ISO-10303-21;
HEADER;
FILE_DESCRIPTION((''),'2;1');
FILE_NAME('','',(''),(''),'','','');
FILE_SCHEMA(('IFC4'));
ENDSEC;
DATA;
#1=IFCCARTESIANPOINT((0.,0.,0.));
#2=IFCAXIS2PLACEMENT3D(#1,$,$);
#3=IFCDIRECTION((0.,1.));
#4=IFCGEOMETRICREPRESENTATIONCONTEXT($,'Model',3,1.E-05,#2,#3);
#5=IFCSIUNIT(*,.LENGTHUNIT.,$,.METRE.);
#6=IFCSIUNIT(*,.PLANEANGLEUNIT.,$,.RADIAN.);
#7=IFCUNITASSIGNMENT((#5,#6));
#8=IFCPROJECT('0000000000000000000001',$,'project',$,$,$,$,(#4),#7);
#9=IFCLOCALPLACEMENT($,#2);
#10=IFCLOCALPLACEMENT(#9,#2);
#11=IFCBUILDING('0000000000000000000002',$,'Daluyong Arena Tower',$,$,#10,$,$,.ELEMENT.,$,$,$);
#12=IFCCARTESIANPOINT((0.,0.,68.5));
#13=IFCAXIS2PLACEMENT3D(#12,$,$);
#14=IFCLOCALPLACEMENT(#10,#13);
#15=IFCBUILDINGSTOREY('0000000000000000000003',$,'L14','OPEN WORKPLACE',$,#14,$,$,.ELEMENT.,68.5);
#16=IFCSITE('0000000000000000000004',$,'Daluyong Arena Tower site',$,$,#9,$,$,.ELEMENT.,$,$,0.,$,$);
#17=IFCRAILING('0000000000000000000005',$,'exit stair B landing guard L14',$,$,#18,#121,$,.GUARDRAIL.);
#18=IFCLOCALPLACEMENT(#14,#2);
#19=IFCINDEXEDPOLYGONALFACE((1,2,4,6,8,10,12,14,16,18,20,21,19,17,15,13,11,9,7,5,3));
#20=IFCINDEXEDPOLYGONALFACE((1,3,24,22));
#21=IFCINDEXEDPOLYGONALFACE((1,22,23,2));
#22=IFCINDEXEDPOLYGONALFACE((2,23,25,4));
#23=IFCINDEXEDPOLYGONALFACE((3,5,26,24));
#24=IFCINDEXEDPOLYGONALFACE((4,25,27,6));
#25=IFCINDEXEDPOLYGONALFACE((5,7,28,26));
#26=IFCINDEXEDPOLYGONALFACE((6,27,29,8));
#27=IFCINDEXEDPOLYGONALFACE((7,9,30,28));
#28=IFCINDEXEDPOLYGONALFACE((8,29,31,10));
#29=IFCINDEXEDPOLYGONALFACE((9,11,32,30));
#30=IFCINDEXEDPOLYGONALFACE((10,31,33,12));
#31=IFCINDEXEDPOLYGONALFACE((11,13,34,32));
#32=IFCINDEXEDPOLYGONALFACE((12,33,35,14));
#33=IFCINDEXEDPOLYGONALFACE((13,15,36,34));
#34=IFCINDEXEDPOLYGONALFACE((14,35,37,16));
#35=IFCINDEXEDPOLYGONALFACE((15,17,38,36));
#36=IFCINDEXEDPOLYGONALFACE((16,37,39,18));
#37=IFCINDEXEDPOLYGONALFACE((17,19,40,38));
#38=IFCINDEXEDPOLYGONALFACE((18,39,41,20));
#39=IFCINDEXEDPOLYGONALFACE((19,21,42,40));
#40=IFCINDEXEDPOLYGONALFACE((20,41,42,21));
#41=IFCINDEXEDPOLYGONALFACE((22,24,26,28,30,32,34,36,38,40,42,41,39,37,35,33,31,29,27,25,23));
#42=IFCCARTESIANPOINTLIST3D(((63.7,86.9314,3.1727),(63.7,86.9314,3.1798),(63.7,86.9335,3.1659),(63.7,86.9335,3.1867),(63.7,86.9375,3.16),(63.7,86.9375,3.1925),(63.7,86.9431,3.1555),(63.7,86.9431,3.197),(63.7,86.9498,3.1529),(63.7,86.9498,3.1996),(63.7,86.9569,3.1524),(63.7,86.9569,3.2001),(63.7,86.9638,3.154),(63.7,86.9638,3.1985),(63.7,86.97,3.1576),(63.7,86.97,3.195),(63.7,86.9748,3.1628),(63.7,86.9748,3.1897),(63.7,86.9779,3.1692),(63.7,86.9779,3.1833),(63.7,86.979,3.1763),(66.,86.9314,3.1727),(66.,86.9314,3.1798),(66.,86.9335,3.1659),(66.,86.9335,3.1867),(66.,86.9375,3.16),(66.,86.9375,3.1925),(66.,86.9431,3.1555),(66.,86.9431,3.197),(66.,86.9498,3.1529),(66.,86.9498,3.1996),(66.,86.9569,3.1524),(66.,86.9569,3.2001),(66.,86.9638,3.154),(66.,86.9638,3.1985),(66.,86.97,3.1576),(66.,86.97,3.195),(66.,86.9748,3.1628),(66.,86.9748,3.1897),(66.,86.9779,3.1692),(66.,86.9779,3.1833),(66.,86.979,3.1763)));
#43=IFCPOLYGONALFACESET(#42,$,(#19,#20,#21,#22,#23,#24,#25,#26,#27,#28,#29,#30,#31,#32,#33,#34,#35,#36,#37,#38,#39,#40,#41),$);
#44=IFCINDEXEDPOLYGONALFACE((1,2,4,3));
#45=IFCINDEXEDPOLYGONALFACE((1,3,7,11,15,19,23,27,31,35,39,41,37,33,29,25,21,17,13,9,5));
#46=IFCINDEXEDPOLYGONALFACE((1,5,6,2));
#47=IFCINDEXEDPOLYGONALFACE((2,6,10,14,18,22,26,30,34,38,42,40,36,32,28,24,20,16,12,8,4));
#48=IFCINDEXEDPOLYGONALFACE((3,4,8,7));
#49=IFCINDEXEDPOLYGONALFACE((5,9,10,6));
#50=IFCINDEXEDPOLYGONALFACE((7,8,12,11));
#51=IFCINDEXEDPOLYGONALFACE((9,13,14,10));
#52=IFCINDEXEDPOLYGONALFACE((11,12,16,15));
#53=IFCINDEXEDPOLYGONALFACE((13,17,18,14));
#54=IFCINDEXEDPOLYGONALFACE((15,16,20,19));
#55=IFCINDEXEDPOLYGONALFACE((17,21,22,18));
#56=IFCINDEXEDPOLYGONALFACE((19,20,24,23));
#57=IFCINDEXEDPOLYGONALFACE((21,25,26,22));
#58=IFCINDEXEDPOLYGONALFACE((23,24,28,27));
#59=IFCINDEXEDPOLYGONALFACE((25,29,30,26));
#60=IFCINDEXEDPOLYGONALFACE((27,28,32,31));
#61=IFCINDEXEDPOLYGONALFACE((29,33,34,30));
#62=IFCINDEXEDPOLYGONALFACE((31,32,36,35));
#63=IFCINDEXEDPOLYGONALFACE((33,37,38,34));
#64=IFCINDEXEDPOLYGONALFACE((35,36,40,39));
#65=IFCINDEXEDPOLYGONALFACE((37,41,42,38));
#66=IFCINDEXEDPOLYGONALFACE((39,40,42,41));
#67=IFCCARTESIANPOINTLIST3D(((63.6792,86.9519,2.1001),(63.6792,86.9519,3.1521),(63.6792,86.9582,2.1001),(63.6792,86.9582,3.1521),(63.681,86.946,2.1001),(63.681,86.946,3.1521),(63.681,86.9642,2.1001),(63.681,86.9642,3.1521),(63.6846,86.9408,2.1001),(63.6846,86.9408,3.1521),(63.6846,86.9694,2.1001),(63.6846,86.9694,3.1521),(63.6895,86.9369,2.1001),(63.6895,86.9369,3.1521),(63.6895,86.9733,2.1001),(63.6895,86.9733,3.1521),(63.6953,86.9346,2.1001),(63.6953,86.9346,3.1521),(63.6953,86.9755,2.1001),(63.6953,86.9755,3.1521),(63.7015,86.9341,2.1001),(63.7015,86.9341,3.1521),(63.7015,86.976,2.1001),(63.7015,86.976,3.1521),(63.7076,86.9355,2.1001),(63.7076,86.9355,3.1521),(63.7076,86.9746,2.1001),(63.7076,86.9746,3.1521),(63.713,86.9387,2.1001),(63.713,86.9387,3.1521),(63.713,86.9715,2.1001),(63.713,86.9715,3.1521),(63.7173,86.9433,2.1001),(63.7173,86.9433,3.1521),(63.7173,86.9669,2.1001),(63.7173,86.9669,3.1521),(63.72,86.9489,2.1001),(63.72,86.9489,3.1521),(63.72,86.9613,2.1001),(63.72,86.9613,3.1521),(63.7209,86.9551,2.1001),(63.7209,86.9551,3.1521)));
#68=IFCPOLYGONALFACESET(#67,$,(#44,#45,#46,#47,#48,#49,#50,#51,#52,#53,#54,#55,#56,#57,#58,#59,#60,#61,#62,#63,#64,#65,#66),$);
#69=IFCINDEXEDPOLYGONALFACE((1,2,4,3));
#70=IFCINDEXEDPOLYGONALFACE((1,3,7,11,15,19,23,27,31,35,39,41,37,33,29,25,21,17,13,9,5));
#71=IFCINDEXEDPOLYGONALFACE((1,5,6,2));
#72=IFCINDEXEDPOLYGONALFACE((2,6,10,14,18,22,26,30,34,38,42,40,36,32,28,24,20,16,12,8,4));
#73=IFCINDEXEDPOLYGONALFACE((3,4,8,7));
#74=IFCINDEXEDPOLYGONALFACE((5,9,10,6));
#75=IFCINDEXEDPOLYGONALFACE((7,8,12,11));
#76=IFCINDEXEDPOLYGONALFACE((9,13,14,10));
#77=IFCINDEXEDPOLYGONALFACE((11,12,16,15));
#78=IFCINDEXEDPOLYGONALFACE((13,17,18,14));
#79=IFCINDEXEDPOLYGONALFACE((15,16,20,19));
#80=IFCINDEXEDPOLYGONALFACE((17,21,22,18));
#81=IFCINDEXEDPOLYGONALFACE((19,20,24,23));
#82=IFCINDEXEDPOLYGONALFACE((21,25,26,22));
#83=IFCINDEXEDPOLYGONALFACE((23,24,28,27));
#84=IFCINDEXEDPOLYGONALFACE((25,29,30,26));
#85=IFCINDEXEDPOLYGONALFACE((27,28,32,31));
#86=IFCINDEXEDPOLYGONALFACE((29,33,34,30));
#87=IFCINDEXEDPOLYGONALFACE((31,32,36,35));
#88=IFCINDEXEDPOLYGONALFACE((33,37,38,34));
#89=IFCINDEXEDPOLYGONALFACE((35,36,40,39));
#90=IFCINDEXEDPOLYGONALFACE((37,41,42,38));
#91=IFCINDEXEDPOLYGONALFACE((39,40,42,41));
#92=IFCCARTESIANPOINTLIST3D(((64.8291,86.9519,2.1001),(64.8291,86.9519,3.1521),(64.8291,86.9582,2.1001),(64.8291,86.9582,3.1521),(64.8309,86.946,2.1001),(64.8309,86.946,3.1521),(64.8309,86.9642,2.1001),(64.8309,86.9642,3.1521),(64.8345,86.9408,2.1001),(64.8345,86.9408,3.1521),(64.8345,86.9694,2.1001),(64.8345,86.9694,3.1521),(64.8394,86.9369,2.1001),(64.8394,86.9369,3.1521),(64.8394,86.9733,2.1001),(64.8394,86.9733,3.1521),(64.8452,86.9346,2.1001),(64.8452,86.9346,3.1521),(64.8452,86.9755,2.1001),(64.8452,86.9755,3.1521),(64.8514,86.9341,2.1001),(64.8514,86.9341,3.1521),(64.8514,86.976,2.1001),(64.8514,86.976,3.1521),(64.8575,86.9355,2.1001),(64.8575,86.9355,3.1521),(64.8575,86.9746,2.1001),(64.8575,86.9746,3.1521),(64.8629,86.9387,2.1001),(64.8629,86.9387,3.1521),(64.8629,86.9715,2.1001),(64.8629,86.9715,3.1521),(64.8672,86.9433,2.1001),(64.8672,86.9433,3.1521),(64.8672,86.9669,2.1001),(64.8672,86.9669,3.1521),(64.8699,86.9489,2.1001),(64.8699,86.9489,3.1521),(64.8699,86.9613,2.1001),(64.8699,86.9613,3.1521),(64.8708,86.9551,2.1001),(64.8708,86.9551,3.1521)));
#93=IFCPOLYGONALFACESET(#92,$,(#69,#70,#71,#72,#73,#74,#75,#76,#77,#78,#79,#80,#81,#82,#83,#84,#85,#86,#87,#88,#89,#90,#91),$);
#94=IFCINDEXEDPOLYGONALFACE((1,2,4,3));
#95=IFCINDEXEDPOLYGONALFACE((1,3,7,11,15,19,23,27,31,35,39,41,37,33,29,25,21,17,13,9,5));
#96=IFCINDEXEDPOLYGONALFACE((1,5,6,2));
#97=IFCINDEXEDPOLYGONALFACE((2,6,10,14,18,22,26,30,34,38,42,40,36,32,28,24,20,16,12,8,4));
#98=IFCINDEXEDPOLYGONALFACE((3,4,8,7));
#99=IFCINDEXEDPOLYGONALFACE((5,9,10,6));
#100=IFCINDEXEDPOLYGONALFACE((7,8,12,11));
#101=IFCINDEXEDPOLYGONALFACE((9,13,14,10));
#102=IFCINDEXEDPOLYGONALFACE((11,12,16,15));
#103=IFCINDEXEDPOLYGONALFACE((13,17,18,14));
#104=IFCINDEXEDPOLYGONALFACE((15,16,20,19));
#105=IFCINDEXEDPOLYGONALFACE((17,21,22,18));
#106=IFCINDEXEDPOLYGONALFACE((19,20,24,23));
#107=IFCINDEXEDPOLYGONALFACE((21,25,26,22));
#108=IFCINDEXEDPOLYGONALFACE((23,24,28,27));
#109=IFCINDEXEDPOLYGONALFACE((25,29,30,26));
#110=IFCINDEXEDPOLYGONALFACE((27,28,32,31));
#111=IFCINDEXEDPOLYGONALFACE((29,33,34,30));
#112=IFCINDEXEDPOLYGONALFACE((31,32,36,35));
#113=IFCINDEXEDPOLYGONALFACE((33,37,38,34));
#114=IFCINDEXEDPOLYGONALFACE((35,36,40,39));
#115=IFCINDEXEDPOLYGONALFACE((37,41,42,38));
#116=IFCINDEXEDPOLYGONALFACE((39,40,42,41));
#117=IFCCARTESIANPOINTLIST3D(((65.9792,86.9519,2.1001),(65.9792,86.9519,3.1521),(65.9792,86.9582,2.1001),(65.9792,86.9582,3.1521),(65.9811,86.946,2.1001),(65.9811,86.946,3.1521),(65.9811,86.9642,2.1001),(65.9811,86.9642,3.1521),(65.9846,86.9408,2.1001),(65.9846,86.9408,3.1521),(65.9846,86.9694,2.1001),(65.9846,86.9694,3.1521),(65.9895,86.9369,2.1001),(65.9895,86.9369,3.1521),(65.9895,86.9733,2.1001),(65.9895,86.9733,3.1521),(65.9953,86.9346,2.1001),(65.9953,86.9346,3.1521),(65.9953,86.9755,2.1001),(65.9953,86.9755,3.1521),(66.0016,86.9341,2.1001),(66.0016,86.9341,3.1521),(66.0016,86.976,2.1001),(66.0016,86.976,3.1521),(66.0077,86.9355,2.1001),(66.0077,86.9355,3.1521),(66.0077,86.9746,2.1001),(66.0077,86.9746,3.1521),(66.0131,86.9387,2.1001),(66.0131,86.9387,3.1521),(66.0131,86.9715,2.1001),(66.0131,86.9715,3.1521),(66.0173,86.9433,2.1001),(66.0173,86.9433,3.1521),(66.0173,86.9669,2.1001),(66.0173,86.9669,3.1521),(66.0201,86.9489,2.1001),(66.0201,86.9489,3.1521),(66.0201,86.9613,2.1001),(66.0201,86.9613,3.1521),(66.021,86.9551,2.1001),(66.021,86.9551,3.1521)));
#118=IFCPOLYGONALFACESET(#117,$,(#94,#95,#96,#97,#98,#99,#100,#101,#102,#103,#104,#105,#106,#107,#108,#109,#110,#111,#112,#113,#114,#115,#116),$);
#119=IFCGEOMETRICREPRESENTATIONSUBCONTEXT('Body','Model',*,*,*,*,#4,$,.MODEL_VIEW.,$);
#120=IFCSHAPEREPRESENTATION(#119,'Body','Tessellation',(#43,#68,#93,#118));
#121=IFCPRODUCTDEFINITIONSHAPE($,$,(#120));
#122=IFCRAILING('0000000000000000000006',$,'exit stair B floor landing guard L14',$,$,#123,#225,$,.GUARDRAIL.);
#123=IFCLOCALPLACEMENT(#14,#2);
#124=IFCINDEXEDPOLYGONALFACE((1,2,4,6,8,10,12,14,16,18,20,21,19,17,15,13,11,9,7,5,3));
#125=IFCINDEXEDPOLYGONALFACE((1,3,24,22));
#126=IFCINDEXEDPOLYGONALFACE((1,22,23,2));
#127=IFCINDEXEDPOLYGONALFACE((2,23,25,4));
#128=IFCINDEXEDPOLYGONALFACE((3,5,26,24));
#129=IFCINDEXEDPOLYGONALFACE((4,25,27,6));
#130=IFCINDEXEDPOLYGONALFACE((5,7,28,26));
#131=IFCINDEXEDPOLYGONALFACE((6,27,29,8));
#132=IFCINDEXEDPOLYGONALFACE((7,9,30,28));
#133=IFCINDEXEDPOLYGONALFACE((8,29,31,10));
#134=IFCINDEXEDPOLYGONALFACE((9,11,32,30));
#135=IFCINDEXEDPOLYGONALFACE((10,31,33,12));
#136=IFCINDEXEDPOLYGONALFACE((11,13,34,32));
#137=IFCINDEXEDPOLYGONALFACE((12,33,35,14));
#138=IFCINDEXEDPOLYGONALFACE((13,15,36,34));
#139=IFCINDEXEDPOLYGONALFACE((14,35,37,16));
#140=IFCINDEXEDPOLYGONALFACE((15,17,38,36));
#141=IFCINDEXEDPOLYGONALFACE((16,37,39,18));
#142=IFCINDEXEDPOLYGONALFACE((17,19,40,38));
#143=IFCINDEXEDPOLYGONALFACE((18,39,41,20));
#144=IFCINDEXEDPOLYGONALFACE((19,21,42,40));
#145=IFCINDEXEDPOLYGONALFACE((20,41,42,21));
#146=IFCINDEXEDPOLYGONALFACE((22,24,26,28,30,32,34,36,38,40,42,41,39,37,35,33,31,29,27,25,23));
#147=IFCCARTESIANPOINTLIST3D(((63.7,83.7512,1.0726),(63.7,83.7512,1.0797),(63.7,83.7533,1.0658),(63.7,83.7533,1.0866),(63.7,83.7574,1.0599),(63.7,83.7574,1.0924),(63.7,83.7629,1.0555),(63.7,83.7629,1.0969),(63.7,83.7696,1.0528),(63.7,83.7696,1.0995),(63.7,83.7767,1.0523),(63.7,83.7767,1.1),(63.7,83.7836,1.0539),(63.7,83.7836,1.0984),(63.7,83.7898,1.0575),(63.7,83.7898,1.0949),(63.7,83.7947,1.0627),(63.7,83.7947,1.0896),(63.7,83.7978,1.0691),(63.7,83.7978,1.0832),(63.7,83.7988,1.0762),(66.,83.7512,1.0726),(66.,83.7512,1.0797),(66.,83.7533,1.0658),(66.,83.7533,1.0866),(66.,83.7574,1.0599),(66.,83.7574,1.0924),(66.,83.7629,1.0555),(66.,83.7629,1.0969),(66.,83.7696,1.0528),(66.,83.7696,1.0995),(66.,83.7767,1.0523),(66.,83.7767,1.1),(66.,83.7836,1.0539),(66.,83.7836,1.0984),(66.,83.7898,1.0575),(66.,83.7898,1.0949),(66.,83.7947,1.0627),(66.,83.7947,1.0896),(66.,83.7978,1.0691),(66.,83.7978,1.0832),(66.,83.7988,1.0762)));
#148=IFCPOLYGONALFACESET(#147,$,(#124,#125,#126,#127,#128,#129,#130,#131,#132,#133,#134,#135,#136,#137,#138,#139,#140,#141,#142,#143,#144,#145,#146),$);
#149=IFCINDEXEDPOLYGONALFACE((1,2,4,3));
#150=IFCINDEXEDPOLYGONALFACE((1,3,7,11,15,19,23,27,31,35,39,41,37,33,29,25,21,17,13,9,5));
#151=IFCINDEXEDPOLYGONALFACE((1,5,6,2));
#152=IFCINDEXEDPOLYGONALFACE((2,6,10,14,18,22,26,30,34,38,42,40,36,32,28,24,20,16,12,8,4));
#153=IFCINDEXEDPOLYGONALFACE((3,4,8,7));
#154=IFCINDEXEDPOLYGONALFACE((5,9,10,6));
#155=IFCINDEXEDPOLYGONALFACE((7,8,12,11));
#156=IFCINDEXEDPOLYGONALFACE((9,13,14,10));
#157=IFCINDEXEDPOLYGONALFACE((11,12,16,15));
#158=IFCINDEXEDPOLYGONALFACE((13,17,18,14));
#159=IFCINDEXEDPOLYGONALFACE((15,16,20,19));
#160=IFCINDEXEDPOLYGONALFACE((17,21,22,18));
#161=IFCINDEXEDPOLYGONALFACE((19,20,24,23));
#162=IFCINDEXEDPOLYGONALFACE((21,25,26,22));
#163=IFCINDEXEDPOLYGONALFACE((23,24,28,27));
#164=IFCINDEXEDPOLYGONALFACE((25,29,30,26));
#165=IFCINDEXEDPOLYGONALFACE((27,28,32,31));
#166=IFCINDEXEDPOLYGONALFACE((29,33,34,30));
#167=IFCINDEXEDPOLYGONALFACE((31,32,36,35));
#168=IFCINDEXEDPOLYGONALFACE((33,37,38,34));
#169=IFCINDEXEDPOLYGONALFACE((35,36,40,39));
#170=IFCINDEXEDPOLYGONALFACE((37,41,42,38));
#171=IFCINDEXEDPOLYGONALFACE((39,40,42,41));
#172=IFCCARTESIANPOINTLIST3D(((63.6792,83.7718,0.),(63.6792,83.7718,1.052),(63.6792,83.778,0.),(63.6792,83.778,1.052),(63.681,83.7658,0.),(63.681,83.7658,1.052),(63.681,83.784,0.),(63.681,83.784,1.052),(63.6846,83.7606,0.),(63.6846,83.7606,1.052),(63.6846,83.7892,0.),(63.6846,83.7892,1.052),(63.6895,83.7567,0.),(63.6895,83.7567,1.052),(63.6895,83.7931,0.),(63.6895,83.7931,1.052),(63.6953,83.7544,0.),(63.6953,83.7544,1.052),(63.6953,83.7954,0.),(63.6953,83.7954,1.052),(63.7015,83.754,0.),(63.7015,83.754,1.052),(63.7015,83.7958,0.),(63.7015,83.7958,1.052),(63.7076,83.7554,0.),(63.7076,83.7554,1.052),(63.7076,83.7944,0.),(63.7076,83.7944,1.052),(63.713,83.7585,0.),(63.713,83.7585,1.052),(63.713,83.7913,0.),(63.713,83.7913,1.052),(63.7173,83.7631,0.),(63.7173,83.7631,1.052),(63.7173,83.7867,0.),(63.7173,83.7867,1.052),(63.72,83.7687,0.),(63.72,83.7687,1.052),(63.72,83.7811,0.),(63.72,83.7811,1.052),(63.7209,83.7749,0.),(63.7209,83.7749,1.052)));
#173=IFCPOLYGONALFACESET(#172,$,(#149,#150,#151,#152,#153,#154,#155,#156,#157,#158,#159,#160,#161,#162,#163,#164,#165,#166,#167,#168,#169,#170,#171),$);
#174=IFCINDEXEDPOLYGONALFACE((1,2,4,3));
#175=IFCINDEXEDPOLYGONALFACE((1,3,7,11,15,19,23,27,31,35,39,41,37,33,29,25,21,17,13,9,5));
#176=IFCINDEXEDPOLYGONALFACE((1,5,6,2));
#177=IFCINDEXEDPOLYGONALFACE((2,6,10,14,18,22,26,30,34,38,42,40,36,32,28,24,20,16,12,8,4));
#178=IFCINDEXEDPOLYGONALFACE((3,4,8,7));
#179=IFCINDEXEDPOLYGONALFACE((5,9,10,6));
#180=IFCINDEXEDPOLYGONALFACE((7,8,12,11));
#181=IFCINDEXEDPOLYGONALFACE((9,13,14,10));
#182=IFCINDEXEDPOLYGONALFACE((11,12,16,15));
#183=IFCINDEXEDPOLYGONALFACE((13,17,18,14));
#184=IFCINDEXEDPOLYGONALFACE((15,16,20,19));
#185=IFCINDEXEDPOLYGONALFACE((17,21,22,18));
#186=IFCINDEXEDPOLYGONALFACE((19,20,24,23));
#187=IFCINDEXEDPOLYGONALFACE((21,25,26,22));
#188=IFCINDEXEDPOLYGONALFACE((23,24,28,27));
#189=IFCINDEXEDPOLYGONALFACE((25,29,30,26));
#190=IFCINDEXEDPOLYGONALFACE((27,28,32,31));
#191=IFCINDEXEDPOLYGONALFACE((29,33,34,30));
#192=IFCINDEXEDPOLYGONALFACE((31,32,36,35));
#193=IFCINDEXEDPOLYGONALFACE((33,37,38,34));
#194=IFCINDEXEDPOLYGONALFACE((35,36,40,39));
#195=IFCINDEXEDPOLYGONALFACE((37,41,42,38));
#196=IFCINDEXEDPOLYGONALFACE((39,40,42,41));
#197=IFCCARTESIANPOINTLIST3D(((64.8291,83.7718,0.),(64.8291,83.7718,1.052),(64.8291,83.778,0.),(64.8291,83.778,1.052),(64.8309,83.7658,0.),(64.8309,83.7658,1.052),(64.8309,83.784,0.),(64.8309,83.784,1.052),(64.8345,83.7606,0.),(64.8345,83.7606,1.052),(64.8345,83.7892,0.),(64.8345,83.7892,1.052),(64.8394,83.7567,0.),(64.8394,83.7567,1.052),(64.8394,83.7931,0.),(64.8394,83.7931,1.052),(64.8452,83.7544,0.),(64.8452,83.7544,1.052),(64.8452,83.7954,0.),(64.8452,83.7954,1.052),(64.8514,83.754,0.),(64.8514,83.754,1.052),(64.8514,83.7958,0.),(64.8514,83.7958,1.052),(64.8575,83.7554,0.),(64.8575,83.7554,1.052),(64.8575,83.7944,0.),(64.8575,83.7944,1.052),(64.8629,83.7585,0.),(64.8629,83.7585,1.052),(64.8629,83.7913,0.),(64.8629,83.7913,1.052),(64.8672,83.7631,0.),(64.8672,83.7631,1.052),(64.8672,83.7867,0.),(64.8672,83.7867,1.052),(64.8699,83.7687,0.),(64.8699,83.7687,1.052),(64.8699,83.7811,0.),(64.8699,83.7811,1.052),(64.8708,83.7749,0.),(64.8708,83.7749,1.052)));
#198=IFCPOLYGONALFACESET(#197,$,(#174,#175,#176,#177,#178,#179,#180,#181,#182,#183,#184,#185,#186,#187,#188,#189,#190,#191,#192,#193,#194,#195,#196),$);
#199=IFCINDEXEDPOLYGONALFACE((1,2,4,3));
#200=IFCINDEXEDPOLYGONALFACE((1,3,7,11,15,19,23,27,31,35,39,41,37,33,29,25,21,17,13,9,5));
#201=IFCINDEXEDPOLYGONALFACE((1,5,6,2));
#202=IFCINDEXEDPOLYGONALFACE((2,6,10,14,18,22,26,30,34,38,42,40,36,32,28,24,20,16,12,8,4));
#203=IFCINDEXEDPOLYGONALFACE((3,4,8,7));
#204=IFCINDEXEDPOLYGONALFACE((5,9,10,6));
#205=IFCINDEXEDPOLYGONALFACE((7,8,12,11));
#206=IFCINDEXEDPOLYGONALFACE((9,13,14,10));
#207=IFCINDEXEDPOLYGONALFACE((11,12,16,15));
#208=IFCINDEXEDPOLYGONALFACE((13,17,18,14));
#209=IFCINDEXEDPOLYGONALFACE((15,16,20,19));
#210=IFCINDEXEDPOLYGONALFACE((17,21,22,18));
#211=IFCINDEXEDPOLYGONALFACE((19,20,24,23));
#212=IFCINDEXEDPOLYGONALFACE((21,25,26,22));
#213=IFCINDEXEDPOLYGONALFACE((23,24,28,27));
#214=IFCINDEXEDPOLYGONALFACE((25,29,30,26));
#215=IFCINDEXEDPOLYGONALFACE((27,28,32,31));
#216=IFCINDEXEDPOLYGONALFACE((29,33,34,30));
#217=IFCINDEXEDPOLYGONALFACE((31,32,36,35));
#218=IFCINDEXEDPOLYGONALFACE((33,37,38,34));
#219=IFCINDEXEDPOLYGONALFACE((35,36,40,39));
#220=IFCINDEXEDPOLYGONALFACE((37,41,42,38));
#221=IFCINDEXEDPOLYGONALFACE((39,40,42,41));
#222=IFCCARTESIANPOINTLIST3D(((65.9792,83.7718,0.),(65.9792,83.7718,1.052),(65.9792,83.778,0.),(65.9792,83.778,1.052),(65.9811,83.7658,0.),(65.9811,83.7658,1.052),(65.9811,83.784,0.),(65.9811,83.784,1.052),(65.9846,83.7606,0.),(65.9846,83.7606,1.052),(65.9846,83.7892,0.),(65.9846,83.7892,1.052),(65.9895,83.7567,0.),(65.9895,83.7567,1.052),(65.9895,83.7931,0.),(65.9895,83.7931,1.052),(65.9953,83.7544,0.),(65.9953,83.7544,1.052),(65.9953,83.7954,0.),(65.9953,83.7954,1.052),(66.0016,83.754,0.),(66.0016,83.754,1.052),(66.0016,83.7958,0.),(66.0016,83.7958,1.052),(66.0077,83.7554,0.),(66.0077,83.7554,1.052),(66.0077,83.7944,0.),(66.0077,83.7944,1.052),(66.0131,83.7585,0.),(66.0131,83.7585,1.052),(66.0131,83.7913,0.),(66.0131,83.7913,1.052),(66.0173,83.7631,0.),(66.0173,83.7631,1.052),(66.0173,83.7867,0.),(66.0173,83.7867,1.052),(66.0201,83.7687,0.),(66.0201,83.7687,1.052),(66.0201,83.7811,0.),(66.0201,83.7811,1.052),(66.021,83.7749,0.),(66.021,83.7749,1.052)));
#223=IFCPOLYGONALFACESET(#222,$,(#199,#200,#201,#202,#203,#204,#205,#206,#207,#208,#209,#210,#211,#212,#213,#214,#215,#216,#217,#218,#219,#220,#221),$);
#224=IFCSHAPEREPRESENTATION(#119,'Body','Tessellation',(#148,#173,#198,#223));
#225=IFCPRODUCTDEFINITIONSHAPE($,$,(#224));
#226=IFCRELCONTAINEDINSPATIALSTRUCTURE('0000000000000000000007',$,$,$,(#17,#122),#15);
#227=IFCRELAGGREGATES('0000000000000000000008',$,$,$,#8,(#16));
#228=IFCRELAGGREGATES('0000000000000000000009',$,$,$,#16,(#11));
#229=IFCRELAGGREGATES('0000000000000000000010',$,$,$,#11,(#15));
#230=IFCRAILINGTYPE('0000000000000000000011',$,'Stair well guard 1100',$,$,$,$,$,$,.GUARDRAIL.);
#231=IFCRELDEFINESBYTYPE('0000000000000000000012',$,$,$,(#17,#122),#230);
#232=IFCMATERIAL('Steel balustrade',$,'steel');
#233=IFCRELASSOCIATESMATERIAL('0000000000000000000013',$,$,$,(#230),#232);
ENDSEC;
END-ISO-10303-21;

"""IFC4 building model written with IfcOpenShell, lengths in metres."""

from ifc_helpers import new_model, si_unit, direction, frame, origin, origin_2d, place, context, subcontext, project, spatial, circle, extrude, material, type_object, element, save


model = new_model("IFC4")

# Units and contexts
model_context = context("Model", 3, precision=1e-05, world=origin(), true_north=direction((0.0, 1.0)))
body_context = subcontext(model_context, "Body", "Model", "MODEL_VIEW")
ifc_project = project(units=[si_unit("LENGTHUNIT", "METRE"), si_unit("PLANEANGLEUNIT", "RADIAN")], contexts=[model_context])

# Site, building, storey
site_placement = place(None, origin())
site = spatial("IfcSite", under=ifc_project, at=site_placement, Name="Daluyong Arena Tower site", CompositionType="ELEMENT", RefElevation=0.0)
building_placement = place(site_placement, origin())
building = spatial("IfcBuilding", under=site, at=building_placement, Name="Daluyong Arena Tower", CompositionType="ELEMENT")
storey_placement = place(building_placement, frame((0.0, 0.0, 68.5)))
storey = spatial("IfcBuildingStorey", under=building, at=storey_placement, Name="L14", Description="OPEN WORKPLACE", CompositionType="ELEMENT", Elevation=68.5)

# Railings
ifc_material_1 = material(Name="Steel balustrade", Category="steel")
railing_type_1 = type_object("IfcRailingType", Name="Stair well guard 1100", PredefinedType="GUARDRAIL", material=ifc_material_1)
for number, where, name in (
    (1, (63.7, 86.9551, 2.1001), "exit stair B landing guard L14"),
    (2, (63.7, 83.7749, 0.0), "exit stair B floor landing guard L14"),
):
    element("IfcRailing", number, at=place(storey_placement, frame(where)), inside=storey, type_object=railing_type_1, Name=name, PredefinedType="GUARDRAIL", context=body_context, shape_type="SweptSolid", body=[
        extrude(circle(Radius=0.0239, at=origin_2d()), frame((0.0, 0.0, 1.0762), z_axis=(1.0, 0.0, 0.0), x_axis=(0.0, 1.0, 0.0)), (0.0, 0.0, 1.0), 2.3),
        extrude(circle(Radius=0.021, at=origin_2d()), origin(), (0.0, 0.0, 1.0), 1.052),
        extrude(circle(Radius=0.021, at=origin_2d()), frame((1.1499, 0.0, 0.0)), (0.0, 0.0, 1.0), 1.052),
        extrude(circle(Radius=0.021, at=origin_2d()), frame((2.3, 0.0, 0.0)), (0.0, 0.0, 1.0), 1.052),
    ])

save(model, "model.ifc")
